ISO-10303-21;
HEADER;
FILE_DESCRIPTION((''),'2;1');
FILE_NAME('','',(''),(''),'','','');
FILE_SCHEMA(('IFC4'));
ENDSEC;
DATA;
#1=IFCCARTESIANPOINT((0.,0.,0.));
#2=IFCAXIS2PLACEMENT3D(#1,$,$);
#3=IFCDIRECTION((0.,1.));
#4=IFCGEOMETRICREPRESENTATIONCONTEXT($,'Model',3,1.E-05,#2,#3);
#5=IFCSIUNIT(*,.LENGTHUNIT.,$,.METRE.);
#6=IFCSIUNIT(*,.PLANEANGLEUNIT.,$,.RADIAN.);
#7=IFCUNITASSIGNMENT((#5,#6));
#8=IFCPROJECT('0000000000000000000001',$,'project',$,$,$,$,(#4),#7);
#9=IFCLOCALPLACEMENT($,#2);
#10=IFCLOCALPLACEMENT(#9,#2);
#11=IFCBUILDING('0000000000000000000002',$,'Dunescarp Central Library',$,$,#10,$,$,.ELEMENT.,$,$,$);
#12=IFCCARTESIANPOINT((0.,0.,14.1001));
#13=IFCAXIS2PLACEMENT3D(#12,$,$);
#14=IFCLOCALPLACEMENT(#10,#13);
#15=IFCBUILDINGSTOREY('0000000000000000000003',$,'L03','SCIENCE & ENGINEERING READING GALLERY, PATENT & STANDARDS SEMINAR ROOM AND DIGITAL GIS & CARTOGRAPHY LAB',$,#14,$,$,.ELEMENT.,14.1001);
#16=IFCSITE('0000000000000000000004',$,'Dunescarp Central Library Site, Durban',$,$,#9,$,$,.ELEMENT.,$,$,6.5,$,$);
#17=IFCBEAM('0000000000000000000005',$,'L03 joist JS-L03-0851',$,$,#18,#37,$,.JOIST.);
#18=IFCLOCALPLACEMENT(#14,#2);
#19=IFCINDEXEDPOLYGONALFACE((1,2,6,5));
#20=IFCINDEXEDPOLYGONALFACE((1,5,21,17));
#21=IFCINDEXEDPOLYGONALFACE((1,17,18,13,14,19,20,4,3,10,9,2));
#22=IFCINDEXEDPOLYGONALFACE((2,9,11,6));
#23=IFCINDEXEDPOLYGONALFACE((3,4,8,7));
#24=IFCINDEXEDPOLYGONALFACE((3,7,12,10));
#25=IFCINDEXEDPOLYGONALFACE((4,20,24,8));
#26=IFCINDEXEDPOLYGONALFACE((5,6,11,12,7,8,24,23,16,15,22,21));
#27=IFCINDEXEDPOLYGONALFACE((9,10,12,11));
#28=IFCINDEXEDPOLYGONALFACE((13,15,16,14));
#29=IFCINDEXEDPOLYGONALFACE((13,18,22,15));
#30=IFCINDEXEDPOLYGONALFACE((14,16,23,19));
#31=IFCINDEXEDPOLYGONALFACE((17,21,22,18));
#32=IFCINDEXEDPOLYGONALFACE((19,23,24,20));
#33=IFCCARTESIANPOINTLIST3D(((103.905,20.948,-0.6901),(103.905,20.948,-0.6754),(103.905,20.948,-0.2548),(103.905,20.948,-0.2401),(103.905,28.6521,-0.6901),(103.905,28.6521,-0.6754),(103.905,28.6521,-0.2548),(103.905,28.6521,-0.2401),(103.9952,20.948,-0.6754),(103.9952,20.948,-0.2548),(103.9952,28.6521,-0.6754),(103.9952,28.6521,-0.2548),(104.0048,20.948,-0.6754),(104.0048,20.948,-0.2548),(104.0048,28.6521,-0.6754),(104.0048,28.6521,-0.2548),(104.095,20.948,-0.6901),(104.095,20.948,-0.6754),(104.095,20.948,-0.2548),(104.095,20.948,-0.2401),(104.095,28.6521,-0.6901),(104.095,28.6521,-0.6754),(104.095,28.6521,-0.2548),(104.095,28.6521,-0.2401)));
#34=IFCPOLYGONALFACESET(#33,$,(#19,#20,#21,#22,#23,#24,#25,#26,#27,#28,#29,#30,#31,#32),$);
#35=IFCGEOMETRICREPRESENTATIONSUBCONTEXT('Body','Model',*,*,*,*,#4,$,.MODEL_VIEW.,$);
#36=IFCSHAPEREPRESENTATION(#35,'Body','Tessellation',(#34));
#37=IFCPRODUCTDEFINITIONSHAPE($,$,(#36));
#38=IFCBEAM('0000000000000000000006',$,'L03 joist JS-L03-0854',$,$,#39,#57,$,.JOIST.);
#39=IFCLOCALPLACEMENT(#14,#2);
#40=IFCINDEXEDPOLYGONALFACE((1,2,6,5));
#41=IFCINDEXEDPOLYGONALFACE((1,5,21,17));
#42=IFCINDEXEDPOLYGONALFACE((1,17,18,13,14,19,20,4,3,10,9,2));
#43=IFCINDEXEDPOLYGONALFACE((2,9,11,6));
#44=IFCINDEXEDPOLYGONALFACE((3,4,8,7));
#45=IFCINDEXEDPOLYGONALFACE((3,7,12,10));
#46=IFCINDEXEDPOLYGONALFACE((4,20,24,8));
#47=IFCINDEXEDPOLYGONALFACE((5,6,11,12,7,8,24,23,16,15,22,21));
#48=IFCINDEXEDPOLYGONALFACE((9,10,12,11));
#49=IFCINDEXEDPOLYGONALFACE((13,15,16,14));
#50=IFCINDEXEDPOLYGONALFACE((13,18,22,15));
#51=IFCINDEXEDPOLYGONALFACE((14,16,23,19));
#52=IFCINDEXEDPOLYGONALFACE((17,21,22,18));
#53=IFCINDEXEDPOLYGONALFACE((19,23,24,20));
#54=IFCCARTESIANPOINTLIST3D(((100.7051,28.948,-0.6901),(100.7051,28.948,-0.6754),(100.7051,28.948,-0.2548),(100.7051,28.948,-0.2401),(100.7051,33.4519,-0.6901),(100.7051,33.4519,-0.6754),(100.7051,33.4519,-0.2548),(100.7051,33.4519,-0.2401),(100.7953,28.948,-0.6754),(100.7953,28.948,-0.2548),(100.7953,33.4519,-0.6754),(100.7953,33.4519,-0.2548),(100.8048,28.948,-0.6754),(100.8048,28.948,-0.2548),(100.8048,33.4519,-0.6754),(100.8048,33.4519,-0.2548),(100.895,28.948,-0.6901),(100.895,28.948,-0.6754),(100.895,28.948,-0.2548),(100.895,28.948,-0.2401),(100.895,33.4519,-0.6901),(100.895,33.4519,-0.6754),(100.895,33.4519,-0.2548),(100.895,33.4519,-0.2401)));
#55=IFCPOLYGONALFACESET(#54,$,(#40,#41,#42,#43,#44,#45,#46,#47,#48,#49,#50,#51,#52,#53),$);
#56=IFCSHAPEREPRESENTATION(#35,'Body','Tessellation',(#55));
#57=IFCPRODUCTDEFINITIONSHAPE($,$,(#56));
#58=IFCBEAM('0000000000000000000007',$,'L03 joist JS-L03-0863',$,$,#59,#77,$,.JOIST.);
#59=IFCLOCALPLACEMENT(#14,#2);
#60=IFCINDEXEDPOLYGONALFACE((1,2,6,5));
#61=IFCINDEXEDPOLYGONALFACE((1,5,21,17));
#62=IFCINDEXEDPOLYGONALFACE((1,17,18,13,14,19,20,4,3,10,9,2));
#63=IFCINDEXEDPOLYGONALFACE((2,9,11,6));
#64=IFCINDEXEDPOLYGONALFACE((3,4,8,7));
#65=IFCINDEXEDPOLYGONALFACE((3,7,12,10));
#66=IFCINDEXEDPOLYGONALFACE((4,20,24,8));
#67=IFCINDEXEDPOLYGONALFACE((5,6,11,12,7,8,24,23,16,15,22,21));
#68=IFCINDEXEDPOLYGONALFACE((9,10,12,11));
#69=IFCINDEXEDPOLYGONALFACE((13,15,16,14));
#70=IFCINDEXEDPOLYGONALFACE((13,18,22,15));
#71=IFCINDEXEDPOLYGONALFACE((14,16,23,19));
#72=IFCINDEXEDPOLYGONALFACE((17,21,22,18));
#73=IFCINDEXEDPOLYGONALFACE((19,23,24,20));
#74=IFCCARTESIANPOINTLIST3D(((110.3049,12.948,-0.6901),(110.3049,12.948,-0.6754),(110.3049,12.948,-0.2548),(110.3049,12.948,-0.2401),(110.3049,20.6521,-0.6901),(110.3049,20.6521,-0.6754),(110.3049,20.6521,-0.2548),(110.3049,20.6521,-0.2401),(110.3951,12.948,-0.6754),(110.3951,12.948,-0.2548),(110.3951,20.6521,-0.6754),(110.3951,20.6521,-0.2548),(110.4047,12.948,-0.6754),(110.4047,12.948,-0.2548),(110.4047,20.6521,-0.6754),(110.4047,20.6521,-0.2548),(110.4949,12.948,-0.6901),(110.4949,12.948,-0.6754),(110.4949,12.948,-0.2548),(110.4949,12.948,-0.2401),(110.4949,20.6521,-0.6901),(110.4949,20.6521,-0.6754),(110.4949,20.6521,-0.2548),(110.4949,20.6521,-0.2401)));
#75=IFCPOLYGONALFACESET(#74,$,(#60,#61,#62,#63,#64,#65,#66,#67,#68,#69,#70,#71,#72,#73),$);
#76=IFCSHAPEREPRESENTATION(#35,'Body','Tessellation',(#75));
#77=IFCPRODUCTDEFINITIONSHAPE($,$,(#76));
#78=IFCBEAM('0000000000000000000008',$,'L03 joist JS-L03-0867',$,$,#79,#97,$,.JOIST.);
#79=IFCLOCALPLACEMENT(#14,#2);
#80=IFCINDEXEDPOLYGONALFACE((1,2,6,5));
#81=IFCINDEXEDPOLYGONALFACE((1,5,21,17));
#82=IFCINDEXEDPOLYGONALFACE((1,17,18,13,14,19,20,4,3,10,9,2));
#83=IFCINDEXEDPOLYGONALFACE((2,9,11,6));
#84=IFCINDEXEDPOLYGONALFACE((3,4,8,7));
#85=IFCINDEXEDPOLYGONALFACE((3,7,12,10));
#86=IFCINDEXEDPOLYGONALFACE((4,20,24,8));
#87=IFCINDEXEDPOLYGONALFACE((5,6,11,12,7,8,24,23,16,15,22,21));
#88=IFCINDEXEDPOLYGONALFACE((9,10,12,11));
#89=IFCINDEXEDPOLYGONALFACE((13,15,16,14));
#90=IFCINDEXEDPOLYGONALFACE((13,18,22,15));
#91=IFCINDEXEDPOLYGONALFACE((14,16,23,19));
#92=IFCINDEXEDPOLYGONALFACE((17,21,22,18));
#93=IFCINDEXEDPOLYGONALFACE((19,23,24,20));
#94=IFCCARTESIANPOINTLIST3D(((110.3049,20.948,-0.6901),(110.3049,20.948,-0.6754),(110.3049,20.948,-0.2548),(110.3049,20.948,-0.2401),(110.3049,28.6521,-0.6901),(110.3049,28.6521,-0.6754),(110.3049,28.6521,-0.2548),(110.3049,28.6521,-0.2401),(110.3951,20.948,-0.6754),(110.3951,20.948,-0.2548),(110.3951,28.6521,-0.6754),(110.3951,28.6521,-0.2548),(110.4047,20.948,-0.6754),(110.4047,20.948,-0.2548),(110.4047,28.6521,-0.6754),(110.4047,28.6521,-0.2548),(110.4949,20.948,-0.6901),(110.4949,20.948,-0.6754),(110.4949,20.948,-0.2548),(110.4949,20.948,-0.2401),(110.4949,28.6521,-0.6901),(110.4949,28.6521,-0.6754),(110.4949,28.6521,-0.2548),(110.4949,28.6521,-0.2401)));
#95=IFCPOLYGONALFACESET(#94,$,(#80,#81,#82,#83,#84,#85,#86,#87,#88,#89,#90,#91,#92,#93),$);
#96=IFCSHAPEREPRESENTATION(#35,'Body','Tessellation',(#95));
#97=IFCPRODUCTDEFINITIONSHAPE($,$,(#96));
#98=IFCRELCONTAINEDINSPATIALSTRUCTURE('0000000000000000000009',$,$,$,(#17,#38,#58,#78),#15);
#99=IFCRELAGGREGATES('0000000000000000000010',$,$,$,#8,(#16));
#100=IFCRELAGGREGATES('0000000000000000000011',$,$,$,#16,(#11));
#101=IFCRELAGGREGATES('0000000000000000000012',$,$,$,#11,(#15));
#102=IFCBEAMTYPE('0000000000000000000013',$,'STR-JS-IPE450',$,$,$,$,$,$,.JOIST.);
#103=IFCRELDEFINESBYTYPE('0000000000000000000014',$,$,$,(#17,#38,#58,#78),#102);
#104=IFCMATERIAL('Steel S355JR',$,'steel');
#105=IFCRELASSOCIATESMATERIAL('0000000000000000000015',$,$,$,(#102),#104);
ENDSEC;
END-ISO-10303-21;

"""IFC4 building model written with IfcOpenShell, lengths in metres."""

from ifc_helpers import new_model, si_unit, direction, frame, origin, origin_2d, place, context, subcontext, project, spatial, i_section, extrude, material, material_profile, profile_set, type_object, element, save


model = new_model("IFC4")

# Units and contexts
model_context = context("Model", 3, precision=1e-05, world=origin(), true_north=direction((0.0, 1.0)))
body_context = subcontext(model_context, "Body", "Model", "MODEL_VIEW")
ifc_project = project(units=[si_unit("LENGTHUNIT", "METRE"), si_unit("PLANEANGLEUNIT", "RADIAN")], contexts=[model_context])

# Site, building, storey
site_placement = place(None, origin())
site = spatial("IfcSite", under=ifc_project, at=site_placement, Name="Dunescarp Central Library Site, Durban", CompositionType="ELEMENT", RefElevation=6.5)
building_placement = place(site_placement, origin())
building = spatial("IfcBuilding", under=site, at=building_placement, Name="Dunescarp Central Library", CompositionType="ELEMENT")
storey_placement = place(building_placement, frame((0.0, 0.0, 14.1001)))
storey = spatial("IfcBuildingStorey", under=building, at=storey_placement, Name="L03", Description="SCIENCE & ENGINEERING READING GALLERY, PATENT & STANDARDS SEMINAR ROOM AND DIGITAL GIS & CARTOGRAPHY LAB", CompositionType="ELEMENT", Elevation=14.1001)

# Shared definitions
ifc_material = material(Name="Steel S355JR", Category="steel")

# Beams
ifc_material_profile_1 = material_profile(ifc_material, i_section(OverallWidth=0.1899, OverallDepth=0.45, WebThickness=0.0095, FlangeThickness=0.0146, at=origin_2d()), Name="IPE 450")
ifc_profile_set_1 = profile_set([ifc_material_profile_1], Name="Steel S355JR")
beam_type_1 = type_object("IfcBeamType", Name="STR-JS-IPE450", PredefinedType="JOIST", material=ifc_profile_set_1)
for number, where, z_axis, x_axis, name in (
    (1, (104.0, 20.948, -0.4651), (0.0, 1.0, 0.0), (-1.0, 0.0, 0.0), "L03 joist JS-L03-0851"),
):
    element("IfcBeam", number, at=place(storey_placement, frame(where, z_axis=z_axis, x_axis=x_axis)), inside=storey, type_object=beam_type_1, Name=name, PredefinedType="JOIST", context=body_context, shape_type="SweptSolid", body=[
        extrude(i_section(OverallWidth=0.1899, OverallDepth=0.45, WebThickness=0.0095, FlangeThickness=0.0146, at=origin_2d()), origin(), (0.0, 0.0, 1.0), 7.7041),
    ])
beam_1_placement = place(storey_placement, frame((100.8, 28.948, -0.4651), z_axis=(0.0, 1.0, 0.0), x_axis=(-1.0, 0.0, 0.0)))
element("IfcBeam", 2, at=beam_1_placement, inside=storey, type_object=beam_type_1, Name="L03 joist JS-L03-0854", PredefinedType="JOIST", context=body_context, shape_type="SweptSolid", body=[
    extrude(i_section(OverallWidth=0.1899, OverallDepth=0.45, WebThickness=0.0095, FlangeThickness=0.0146, at=origin_2d()), origin(), (0.0, 0.0, 1.0), 4.5039),
])
for number, where, z_axis, x_axis, name in (
    (3, (110.3999, 12.948, -0.4651), (0.0, 1.0, 0.0), (-1.0, 0.0, 0.0), "L03 joist JS-L03-0863"),
    (4, (110.3999, 20.948, -0.4651), (0.0, 1.0, 0.0), (-1.0, 0.0, 0.0), "L03 joist JS-L03-0867"),
):
    element("IfcBeam", number, at=place(storey_placement, frame(where, z_axis=z_axis, x_axis=x_axis)), inside=storey, type_object=beam_type_1, Name=name, PredefinedType="JOIST", context=body_context, shape_type="SweptSolid", body=[
        extrude(i_section(OverallWidth=0.1899, OverallDepth=0.45, WebThickness=0.0095, FlangeThickness=0.0146, at=origin_2d()), origin(), (0.0, 0.0, 1.0), 7.7041),
    ])

save(model, "model.ifc")
